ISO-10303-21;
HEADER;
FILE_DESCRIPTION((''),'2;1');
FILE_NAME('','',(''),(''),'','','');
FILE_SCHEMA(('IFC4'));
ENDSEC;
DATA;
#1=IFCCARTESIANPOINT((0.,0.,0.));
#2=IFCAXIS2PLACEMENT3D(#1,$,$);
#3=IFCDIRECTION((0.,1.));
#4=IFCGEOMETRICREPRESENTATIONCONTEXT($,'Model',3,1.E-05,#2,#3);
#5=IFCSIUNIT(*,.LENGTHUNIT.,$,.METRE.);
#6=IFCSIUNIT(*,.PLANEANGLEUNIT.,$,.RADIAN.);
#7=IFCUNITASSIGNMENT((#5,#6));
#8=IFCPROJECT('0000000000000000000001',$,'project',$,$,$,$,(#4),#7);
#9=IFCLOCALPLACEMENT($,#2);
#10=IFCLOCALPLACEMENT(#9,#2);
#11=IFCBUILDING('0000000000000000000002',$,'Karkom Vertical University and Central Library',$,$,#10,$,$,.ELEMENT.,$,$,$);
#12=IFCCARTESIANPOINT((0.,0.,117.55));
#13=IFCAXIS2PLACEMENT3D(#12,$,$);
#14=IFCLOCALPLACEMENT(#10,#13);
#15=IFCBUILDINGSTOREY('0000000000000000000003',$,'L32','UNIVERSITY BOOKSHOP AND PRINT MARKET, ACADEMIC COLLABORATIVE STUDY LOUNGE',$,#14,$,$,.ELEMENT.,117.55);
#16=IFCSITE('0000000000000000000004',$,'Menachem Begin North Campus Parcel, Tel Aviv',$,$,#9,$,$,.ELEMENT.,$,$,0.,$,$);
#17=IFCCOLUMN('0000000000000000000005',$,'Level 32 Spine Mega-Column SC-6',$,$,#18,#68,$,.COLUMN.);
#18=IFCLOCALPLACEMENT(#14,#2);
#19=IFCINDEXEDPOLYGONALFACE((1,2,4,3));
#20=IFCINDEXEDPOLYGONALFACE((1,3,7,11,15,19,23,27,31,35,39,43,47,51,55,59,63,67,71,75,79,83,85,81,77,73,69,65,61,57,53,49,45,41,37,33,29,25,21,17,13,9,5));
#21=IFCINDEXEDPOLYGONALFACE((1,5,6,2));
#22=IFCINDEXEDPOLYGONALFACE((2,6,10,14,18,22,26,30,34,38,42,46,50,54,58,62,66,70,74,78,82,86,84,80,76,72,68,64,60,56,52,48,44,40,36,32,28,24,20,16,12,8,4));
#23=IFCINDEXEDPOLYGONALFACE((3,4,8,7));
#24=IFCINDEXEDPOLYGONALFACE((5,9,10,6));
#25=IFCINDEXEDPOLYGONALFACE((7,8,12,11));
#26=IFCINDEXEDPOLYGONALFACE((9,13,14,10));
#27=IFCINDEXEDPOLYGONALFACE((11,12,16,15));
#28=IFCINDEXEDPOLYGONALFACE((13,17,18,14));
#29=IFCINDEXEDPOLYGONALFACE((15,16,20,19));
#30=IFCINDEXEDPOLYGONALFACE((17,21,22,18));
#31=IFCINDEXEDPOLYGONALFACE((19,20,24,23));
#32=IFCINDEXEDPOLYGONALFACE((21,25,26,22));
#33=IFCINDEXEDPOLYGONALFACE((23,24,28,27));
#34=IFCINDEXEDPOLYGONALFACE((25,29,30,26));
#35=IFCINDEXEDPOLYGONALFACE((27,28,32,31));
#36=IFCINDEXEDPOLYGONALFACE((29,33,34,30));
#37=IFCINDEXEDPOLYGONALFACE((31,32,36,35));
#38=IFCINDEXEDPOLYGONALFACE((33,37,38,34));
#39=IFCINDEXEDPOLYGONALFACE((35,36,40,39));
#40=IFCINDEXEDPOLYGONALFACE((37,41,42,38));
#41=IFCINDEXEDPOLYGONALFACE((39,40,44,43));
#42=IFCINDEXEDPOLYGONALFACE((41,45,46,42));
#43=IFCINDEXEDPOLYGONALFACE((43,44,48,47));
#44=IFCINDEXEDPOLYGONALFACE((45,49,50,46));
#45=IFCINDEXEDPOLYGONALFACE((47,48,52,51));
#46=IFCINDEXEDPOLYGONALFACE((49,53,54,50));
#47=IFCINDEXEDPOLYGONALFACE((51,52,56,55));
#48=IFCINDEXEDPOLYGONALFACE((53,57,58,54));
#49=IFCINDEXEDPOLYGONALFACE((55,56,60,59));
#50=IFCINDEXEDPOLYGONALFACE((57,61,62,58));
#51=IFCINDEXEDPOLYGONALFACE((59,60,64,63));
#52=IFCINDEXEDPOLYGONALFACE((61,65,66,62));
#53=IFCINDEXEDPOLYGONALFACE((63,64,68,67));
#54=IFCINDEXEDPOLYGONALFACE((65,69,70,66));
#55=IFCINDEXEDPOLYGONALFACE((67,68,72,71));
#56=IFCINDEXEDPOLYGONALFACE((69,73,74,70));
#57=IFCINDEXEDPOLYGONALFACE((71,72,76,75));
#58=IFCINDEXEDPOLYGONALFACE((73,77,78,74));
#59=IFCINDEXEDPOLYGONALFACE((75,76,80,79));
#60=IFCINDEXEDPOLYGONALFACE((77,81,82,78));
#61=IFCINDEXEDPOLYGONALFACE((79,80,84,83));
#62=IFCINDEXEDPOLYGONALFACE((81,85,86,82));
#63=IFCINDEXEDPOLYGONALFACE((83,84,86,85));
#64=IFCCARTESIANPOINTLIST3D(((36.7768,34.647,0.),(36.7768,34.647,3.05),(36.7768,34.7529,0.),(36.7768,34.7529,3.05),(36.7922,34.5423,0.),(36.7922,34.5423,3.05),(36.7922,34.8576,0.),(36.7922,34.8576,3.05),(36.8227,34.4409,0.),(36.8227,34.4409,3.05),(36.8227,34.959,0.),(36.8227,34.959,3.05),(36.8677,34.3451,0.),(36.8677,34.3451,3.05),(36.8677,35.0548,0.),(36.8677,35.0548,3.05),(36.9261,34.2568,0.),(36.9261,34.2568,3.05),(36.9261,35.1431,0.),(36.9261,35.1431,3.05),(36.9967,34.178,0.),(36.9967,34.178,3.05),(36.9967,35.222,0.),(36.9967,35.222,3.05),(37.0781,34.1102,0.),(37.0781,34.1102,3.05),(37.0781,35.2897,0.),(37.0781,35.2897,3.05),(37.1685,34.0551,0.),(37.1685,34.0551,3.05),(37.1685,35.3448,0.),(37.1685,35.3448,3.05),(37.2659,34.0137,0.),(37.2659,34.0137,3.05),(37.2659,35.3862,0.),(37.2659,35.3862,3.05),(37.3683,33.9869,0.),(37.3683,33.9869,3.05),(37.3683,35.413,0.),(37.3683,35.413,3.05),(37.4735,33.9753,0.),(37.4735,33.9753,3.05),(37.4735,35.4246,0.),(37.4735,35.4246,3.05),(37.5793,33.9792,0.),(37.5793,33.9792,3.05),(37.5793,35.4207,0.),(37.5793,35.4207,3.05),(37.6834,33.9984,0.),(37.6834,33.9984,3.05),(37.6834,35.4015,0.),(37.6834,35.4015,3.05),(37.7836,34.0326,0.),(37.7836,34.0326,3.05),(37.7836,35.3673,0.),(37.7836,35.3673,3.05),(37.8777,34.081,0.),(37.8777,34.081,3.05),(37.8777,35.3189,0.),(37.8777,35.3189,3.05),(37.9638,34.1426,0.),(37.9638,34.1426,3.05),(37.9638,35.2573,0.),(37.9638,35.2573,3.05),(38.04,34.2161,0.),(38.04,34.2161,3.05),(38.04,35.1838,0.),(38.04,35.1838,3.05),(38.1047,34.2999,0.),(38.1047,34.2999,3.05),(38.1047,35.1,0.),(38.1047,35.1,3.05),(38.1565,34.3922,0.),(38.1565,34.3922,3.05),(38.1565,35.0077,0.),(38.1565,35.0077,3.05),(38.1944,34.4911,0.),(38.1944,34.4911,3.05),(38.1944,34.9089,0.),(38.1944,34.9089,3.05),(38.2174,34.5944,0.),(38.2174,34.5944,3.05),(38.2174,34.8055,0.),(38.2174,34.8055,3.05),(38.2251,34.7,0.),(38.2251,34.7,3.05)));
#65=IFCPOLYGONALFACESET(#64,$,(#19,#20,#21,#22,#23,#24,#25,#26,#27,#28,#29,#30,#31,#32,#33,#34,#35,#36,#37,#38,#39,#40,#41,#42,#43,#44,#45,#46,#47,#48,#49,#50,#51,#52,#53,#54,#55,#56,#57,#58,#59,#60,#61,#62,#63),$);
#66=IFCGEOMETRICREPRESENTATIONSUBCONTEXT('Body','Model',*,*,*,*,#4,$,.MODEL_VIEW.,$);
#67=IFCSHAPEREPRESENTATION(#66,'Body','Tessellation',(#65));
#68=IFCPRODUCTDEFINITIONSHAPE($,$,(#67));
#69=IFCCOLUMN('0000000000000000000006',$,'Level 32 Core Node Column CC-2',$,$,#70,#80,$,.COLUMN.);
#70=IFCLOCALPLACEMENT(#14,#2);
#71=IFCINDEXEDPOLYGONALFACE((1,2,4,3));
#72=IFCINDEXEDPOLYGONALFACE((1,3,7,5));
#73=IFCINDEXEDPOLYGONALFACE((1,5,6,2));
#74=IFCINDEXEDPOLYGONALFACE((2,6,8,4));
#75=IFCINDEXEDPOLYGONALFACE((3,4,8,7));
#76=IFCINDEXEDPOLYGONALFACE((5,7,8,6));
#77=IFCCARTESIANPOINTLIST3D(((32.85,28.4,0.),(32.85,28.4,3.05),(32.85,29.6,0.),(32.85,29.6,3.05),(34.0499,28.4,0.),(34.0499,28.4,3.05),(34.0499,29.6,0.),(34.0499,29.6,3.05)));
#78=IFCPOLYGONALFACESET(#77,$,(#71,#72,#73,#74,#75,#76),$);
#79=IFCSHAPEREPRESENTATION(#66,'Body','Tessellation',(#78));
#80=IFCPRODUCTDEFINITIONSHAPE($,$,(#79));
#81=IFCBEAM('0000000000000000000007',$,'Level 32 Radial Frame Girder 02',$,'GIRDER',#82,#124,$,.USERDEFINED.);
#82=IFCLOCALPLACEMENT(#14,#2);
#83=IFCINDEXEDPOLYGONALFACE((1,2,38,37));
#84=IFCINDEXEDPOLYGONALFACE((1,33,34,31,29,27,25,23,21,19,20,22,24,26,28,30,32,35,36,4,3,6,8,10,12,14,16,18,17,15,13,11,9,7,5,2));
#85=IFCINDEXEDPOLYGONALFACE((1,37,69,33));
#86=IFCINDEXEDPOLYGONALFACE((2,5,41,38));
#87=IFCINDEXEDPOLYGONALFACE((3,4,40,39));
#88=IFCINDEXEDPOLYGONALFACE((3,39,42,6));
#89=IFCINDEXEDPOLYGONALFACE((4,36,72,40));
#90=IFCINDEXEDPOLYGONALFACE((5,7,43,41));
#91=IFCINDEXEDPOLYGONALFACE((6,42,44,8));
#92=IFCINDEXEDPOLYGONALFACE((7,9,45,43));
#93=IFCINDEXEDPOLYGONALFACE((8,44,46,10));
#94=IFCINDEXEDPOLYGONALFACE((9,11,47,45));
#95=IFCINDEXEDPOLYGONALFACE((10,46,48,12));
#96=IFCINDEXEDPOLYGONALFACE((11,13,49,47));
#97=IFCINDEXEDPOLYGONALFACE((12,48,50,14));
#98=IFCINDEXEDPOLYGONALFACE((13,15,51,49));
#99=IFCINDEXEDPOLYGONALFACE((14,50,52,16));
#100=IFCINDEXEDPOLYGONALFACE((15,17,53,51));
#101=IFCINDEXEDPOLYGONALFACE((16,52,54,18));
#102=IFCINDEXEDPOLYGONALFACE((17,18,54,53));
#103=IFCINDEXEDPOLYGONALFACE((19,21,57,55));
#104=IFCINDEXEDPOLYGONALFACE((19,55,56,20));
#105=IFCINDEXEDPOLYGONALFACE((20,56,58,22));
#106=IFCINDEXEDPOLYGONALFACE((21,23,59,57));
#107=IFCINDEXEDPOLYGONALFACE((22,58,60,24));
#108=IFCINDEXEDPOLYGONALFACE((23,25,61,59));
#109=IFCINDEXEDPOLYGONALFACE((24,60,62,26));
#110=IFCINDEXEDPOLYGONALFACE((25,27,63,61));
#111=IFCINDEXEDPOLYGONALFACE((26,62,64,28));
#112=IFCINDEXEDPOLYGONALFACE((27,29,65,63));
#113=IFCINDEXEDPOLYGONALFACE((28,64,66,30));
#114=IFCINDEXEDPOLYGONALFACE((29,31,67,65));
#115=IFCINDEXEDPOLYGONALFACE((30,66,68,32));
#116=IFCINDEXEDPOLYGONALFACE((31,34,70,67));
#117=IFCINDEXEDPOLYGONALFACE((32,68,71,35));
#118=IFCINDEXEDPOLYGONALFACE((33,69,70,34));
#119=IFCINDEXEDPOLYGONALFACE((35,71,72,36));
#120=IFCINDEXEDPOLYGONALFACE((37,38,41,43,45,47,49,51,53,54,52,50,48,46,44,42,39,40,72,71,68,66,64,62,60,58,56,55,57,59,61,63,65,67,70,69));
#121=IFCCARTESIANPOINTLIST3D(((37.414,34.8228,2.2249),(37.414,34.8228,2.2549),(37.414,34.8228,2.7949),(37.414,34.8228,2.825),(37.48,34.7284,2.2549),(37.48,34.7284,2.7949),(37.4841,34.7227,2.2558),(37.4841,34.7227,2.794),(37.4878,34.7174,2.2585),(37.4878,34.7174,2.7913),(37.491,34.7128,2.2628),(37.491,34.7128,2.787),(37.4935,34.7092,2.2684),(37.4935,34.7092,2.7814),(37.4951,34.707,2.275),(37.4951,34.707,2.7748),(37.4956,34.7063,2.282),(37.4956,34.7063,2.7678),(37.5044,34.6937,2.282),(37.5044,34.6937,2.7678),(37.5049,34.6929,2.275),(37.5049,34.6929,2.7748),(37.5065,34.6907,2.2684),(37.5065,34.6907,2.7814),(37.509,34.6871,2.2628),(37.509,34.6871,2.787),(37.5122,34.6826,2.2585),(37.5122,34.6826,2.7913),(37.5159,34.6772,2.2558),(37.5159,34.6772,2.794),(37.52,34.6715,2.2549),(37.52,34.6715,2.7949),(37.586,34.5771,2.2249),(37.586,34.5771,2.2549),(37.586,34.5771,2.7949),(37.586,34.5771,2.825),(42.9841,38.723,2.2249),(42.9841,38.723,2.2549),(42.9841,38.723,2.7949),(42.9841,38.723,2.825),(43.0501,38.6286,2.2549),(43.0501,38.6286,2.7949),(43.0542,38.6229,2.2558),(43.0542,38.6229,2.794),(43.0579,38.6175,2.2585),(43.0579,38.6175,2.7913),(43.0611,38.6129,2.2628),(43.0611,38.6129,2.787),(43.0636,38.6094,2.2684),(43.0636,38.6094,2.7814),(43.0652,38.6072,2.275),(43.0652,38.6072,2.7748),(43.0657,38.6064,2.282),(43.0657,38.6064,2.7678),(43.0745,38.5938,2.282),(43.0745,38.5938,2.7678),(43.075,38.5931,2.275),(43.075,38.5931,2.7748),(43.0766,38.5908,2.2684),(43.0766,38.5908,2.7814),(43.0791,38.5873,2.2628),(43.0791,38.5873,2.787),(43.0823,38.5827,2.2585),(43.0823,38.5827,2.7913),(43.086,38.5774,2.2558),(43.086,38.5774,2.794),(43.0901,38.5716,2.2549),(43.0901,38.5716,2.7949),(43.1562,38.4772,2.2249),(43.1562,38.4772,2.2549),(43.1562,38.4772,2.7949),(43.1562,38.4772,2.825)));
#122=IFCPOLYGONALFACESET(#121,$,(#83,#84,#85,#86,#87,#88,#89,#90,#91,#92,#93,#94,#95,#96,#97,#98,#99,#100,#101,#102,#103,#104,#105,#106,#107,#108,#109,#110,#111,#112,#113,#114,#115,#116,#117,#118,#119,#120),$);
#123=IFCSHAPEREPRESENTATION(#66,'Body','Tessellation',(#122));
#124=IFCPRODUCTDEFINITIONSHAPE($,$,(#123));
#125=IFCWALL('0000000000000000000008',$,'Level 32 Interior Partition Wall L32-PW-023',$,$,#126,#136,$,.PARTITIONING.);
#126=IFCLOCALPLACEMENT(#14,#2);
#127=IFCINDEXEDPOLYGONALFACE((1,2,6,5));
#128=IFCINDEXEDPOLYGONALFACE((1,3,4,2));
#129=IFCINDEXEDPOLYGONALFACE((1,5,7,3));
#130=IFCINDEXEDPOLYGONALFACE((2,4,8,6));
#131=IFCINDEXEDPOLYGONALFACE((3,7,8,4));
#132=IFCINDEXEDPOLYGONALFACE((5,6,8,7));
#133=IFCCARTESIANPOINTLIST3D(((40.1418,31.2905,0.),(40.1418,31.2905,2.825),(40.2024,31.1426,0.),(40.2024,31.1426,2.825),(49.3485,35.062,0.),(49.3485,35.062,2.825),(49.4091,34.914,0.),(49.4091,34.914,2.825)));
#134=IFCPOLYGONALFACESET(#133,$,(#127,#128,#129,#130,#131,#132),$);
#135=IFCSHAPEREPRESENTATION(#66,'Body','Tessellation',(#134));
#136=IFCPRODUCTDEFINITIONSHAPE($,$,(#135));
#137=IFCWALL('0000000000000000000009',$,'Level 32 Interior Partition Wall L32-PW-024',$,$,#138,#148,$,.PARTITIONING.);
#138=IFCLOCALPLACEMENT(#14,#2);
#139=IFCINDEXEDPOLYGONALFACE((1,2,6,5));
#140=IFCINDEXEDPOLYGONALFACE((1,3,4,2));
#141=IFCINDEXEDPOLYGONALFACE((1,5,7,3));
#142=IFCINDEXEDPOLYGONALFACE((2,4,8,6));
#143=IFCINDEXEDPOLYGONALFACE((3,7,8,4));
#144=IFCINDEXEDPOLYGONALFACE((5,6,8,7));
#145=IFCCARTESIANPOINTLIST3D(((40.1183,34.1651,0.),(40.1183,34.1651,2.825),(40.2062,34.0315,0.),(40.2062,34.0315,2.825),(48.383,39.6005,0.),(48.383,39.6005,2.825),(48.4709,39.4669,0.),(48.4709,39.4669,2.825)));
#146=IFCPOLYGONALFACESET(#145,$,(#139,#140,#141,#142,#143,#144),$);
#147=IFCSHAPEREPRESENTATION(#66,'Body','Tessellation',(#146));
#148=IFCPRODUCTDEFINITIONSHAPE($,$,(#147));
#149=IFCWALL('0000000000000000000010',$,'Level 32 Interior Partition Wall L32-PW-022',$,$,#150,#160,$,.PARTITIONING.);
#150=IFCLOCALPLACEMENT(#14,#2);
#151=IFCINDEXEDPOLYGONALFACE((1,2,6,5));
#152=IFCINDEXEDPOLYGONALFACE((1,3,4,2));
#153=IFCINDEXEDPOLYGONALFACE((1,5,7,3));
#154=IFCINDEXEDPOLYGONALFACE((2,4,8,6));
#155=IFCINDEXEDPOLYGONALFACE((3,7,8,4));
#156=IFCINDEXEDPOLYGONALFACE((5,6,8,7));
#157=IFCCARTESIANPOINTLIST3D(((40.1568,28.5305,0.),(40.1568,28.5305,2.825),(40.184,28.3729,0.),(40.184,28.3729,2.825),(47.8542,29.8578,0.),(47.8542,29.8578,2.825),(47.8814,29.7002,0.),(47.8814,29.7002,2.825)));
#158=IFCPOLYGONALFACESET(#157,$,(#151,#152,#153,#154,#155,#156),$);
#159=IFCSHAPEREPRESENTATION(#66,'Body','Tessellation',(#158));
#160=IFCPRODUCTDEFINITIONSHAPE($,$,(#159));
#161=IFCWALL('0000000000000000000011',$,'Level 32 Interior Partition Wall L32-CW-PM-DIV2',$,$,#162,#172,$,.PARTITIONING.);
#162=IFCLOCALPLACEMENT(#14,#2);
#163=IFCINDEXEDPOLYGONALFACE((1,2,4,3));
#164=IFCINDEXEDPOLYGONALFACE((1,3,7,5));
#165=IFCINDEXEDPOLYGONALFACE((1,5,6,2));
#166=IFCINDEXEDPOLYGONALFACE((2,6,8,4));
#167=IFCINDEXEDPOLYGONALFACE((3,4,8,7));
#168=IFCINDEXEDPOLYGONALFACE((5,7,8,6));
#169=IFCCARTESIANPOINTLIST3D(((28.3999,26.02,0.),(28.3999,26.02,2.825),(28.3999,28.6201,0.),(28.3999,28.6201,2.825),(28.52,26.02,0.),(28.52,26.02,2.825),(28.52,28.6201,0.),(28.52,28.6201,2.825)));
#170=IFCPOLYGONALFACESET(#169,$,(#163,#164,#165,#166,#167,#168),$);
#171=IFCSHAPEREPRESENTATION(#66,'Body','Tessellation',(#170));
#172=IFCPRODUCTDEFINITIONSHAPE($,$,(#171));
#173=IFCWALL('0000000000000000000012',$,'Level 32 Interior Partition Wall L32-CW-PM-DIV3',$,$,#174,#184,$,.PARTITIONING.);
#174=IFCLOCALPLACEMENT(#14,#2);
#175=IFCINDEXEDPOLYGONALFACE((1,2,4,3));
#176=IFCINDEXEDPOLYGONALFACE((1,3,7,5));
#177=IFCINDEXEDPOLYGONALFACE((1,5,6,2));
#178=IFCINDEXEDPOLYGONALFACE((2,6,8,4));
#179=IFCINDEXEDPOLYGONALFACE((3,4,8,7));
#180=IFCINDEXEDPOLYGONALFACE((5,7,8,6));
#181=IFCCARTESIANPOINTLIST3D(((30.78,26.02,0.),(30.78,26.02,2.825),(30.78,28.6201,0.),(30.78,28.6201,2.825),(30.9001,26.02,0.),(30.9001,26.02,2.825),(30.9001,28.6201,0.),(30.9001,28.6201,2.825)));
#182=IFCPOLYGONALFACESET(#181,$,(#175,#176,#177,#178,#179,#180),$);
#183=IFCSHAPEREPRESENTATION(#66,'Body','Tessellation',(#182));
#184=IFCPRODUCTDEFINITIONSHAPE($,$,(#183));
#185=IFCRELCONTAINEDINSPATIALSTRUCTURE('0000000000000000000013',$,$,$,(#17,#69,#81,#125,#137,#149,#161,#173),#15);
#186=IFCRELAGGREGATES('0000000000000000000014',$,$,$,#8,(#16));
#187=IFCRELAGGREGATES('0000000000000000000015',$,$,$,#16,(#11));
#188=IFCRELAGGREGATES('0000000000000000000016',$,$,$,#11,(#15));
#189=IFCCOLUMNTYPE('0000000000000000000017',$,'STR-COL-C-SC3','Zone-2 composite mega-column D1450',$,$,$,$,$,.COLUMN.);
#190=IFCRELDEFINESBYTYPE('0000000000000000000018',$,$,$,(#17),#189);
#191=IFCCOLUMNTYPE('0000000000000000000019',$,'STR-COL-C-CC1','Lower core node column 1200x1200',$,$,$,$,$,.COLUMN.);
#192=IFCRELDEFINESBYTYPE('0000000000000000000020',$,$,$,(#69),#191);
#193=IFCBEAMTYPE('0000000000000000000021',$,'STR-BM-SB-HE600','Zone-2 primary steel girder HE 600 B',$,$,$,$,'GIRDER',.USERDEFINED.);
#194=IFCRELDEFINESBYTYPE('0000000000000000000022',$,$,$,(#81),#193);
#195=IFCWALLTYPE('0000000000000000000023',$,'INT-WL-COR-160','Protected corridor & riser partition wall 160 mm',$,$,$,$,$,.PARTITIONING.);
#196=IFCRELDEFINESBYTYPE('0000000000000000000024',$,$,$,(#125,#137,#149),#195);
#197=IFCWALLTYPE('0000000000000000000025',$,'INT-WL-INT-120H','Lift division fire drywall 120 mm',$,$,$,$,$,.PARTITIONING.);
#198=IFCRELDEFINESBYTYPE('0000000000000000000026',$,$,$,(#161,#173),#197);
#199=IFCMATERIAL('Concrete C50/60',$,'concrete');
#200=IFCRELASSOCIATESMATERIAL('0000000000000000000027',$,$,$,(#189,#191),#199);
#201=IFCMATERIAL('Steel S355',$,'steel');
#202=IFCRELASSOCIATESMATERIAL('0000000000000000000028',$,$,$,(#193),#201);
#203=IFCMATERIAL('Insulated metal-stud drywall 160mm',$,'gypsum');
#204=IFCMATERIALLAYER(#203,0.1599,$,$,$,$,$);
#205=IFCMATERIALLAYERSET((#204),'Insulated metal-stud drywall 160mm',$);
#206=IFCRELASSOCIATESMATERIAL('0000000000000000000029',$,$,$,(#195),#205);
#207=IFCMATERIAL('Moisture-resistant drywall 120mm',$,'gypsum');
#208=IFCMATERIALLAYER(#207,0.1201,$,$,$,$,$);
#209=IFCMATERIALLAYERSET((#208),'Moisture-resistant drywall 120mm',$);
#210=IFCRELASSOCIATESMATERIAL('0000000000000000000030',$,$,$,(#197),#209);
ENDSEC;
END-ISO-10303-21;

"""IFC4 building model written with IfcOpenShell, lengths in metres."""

from ifc_helpers import new_model, si_unit, direction, frame, frame_2d, origin, origin_with_axes, origin_2d, place, context, subcontext, project, spatial, rectangle, circle, i_section, extrude, source, transform, mapped, material, layer, layer_set, material_profile, profile_set, type_object, element, save


model = new_model("IFC4")

# Units and contexts
model_context = context("Model", 3, precision=1e-05, world=origin(), true_north=direction((0.0, 1.0)))
body_context = subcontext(model_context, "Body", "Model", "MODEL_VIEW")
ifc_project = project(units=[si_unit("LENGTHUNIT", "METRE"), si_unit("PLANEANGLEUNIT", "RADIAN")], contexts=[model_context])

# Site, building, storey
site_placement = place(None, origin())
site = spatial("IfcSite", under=ifc_project, at=site_placement, Name="Menachem Begin North Campus Parcel, Tel Aviv", CompositionType="ELEMENT", RefElevation=0.0)
building_placement = place(site_placement, origin())
building = spatial("IfcBuilding", under=site, at=building_placement, Name="Karkom Vertical University and Central Library", CompositionType="ELEMENT")
storey_placement = place(building_placement, frame((0.0, 0.0, 117.55)))
storey = spatial("IfcBuildingStorey", under=building, at=storey_placement, Name="L32", Description="UNIVERSITY BOOKSHOP AND PRINT MARKET, ACADEMIC COLLABORATIVE STUDY LOUNGE", CompositionType="ELEMENT", Elevation=117.55)

# Columns
ifc_material_1 = material(Name="Concrete C50/60", Category="concrete")
ifc_material_profile_1 = material_profile(ifc_material_1, circle(Radius=0.7251, at=origin_2d()), Name="CFT-D1450")
ifc_profile_set_1 = profile_set([ifc_material_profile_1], Name="Concrete C50/60")
column_type_1 = type_object("IfcColumnType", Name="STR-COL-C-SC3", Description="Zone-2 composite mega-column D1450", PredefinedType="COLUMN", material=ifc_profile_set_1)
shared_shape_1 = source(origin_with_axes(), body_context, "Body", "SweptSolid", [
    extrude(circle(Radius=0.7251, at=origin_2d()), origin(), (0.0, 0.0, 1.0), 3.05),
])
column_1_placement = place(storey_placement, frame((37.5, 34.7, 0.0), z_axis=(0.0, 0.0, 1.0), x_axis=(1.0, 0.0, 0.0)))
element("IfcColumn", 1, at=column_1_placement, inside=storey, type_object=column_type_1, Name="Level 32 Spine Mega-Column SC-6", PredefinedType="COLUMN", context=body_context, shape_type="MappedRepresentation", body=[
    mapped(shared_shape_1, transform((0.0, 0.0, 0.0), scale=1.0)),
])
ifc_material_profile_2 = material_profile(ifc_material_1, rectangle(XDim=1.2, YDim=1.2, at=origin_2d()), Name="RC-1200x1200")
ifc_profile_set_2 = profile_set([ifc_material_profile_2], Name="Concrete C50/60")
column_type_2 = type_object("IfcColumnType", Name="STR-COL-C-CC1", Description="Lower core node column 1200x1200", PredefinedType="COLUMN", material=ifc_profile_set_2)
shared_shape_2 = source(origin_with_axes(), body_context, "Body", "SweptSolid", [
    extrude(rectangle(XDim=1.2, YDim=1.2, at=origin_2d()), origin(), (0.0, 0.0, 1.0), 3.05),
])
column_2_placement = place(storey_placement, frame((33.45, 29.0, 0.0), z_axis=(0.0, 0.0, 1.0), x_axis=(1.0, 0.0, 0.0)))
element("IfcColumn", 2, at=column_2_placement, inside=storey, type_object=column_type_2, Name="Level 32 Core Node Column CC-2", PredefinedType="COLUMN", context=body_context, shape_type="MappedRepresentation", body=[
    mapped(shared_shape_2, transform((0.0, 0.0, 0.0), scale=1.0)),
])

# Beam
ifc_material_2 = material(Name="Steel S355", Category="steel")
ifc_material_profile_3 = material_profile(ifc_material_2, i_section(OverallWidth=0.3, OverallDepth=0.6001, WebThickness=0.0154, FlangeThickness=0.03, FilletRadius=0.0271, at=origin_2d()), Name="HE 600 B")
ifc_profile_set_3 = profile_set([ifc_material_profile_3], Name="Steel S355")
beam_type = type_object("IfcBeamType", Name="STR-BM-SB-HE600", Description="Zone-2 primary steel girder HE 600 B", ElementType="GIRDER", PredefinedType="USERDEFINED", material=ifc_profile_set_3)
shared_shape_3 = source(origin_with_axes(), body_context, "Body", "SweptSolid", [
    extrude(i_section(OverallWidth=0.3, OverallDepth=0.6001, WebThickness=0.0154, FlangeThickness=0.03, FilletRadius=0.0271, at=origin_2d()), origin(), (0.0, 0.0, 1.0), 6.7998),
])
beam_placement = place(storey_placement, frame((37.5, 34.7, 2.5249), z_axis=(0.819156, 0.573571, 0.0), x_axis=(-0.573571, 0.819156, 0.0)))
element("IfcBeam", 3, at=beam_placement, inside=storey, type_object=beam_type, Name="Level 32 Radial Frame Girder 02", ObjectType="GIRDER", PredefinedType="USERDEFINED", context=body_context, shape_type="MappedRepresentation", body=[
    mapped(shared_shape_3, transform((0.0, 0.0, 0.0), scale=1.0)),
])

# Walls
ifc_material_3 = material(Name="Insulated metal-stud drywall 160mm", Category="gypsum")
ifc_layer_1 = layer(ifc_material_3, 0.1599)
ifc_layer_set_1 = layer_set([ifc_layer_1], Name="Insulated metal-stud drywall 160mm")
wall_type_1 = type_object("IfcWallType", Name="INT-WL-COR-160", Description="Protected corridor & riser partition wall 160 mm", PredefinedType="PARTITIONING", material=ifc_layer_set_1)
wall_1_placement = place(storey_placement, frame((40.1721, 31.2166, 0.0), z_axis=(0.0, 0.0, 1.0), x_axis=(0.925368, 0.379069, 0.0)))
element("IfcWall", 4, at=wall_1_placement, inside=storey, type_object=wall_type_1, Name="Level 32 Interior Partition Wall L32-PW-023", PredefinedType="PARTITIONING", context=body_context, shape_type="SweptSolid", body=[
    extrude(rectangle(XDim=9.9492, YDim=0.1599, at=frame_2d((4.9746, 0.0))), origin(), (0.0, 0.0, 1.0), 2.825),
])
wall_2_placement = place(storey_placement, frame((40.1624, 34.0984, 0.0), z_axis=(0.0, 0.0, 1.0), x_axis=(0.835508, 0.549478, 0.0)))
element("IfcWall", 5, at=wall_2_placement, inside=storey, type_object=wall_type_1, Name="Level 32 Interior Partition Wall L32-PW-024", PredefinedType="PARTITIONING", context=body_context, shape_type="SweptSolid", body=[
    extrude(rectangle(XDim=9.8918, YDim=0.1599, at=frame_2d((4.9458, 0.0))), origin(), (0.0, 0.0, 1.0), 2.825),
])
wall_3_placement = place(storey_placement, frame((40.1704, 28.4517, 0.0), z_axis=(0.0, 0.0, 1.0), x_axis=(0.985455, 0.169936, 0.0)))
element("IfcWall", 6, at=wall_3_placement, inside=storey, type_object=wall_type_1, Name="Level 32 Interior Partition Wall L32-PW-022", PredefinedType="PARTITIONING", context=body_context, shape_type="SweptSolid", body=[
    extrude(rectangle(XDim=7.811, YDim=0.1599, at=frame_2d((3.9055, 0.0))), origin(), (0.0, 0.0, 1.0), 2.825),
])
ifc_material_4 = material(Name="Moisture-resistant drywall 120mm", Category="gypsum")
ifc_layer_2 = layer(ifc_material_4, 0.1201)
ifc_layer_set_2 = layer_set([ifc_layer_2], Name="Moisture-resistant drywall 120mm")
wall_type_2 = type_object("IfcWallType", Name="INT-WL-INT-120H", Description="Lift division fire drywall 120 mm", PredefinedType="PARTITIONING", material=ifc_layer_set_2)
for number, where, z_axis, x_axis, name in (
    (7, (28.46, 26.02, 0.0), (0.0, 0.0, 1.0), (0.0, 1.0, 0.0), "Level 32 Interior Partition Wall L32-CW-PM-DIV2"),
    (8, (30.8401, 26.02, 0.0), (0.0, 0.0, 1.0), (0.0, 1.0, 0.0), "Level 32 Interior Partition Wall L32-CW-PM-DIV3"),
):
    element("IfcWall", number, at=place(storey_placement, frame(where, z_axis=z_axis, x_axis=x_axis)), inside=storey, type_object=wall_type_2, Name=name, PredefinedType="PARTITIONING", context=body_context, shape_type="SweptSolid", body=[
        extrude(rectangle(XDim=2.6001, YDim=0.1201, at=frame_2d((1.3, 0.0))), origin(), (0.0, 0.0, 1.0), 2.825),
    ])

save(model, "model.ifc")
